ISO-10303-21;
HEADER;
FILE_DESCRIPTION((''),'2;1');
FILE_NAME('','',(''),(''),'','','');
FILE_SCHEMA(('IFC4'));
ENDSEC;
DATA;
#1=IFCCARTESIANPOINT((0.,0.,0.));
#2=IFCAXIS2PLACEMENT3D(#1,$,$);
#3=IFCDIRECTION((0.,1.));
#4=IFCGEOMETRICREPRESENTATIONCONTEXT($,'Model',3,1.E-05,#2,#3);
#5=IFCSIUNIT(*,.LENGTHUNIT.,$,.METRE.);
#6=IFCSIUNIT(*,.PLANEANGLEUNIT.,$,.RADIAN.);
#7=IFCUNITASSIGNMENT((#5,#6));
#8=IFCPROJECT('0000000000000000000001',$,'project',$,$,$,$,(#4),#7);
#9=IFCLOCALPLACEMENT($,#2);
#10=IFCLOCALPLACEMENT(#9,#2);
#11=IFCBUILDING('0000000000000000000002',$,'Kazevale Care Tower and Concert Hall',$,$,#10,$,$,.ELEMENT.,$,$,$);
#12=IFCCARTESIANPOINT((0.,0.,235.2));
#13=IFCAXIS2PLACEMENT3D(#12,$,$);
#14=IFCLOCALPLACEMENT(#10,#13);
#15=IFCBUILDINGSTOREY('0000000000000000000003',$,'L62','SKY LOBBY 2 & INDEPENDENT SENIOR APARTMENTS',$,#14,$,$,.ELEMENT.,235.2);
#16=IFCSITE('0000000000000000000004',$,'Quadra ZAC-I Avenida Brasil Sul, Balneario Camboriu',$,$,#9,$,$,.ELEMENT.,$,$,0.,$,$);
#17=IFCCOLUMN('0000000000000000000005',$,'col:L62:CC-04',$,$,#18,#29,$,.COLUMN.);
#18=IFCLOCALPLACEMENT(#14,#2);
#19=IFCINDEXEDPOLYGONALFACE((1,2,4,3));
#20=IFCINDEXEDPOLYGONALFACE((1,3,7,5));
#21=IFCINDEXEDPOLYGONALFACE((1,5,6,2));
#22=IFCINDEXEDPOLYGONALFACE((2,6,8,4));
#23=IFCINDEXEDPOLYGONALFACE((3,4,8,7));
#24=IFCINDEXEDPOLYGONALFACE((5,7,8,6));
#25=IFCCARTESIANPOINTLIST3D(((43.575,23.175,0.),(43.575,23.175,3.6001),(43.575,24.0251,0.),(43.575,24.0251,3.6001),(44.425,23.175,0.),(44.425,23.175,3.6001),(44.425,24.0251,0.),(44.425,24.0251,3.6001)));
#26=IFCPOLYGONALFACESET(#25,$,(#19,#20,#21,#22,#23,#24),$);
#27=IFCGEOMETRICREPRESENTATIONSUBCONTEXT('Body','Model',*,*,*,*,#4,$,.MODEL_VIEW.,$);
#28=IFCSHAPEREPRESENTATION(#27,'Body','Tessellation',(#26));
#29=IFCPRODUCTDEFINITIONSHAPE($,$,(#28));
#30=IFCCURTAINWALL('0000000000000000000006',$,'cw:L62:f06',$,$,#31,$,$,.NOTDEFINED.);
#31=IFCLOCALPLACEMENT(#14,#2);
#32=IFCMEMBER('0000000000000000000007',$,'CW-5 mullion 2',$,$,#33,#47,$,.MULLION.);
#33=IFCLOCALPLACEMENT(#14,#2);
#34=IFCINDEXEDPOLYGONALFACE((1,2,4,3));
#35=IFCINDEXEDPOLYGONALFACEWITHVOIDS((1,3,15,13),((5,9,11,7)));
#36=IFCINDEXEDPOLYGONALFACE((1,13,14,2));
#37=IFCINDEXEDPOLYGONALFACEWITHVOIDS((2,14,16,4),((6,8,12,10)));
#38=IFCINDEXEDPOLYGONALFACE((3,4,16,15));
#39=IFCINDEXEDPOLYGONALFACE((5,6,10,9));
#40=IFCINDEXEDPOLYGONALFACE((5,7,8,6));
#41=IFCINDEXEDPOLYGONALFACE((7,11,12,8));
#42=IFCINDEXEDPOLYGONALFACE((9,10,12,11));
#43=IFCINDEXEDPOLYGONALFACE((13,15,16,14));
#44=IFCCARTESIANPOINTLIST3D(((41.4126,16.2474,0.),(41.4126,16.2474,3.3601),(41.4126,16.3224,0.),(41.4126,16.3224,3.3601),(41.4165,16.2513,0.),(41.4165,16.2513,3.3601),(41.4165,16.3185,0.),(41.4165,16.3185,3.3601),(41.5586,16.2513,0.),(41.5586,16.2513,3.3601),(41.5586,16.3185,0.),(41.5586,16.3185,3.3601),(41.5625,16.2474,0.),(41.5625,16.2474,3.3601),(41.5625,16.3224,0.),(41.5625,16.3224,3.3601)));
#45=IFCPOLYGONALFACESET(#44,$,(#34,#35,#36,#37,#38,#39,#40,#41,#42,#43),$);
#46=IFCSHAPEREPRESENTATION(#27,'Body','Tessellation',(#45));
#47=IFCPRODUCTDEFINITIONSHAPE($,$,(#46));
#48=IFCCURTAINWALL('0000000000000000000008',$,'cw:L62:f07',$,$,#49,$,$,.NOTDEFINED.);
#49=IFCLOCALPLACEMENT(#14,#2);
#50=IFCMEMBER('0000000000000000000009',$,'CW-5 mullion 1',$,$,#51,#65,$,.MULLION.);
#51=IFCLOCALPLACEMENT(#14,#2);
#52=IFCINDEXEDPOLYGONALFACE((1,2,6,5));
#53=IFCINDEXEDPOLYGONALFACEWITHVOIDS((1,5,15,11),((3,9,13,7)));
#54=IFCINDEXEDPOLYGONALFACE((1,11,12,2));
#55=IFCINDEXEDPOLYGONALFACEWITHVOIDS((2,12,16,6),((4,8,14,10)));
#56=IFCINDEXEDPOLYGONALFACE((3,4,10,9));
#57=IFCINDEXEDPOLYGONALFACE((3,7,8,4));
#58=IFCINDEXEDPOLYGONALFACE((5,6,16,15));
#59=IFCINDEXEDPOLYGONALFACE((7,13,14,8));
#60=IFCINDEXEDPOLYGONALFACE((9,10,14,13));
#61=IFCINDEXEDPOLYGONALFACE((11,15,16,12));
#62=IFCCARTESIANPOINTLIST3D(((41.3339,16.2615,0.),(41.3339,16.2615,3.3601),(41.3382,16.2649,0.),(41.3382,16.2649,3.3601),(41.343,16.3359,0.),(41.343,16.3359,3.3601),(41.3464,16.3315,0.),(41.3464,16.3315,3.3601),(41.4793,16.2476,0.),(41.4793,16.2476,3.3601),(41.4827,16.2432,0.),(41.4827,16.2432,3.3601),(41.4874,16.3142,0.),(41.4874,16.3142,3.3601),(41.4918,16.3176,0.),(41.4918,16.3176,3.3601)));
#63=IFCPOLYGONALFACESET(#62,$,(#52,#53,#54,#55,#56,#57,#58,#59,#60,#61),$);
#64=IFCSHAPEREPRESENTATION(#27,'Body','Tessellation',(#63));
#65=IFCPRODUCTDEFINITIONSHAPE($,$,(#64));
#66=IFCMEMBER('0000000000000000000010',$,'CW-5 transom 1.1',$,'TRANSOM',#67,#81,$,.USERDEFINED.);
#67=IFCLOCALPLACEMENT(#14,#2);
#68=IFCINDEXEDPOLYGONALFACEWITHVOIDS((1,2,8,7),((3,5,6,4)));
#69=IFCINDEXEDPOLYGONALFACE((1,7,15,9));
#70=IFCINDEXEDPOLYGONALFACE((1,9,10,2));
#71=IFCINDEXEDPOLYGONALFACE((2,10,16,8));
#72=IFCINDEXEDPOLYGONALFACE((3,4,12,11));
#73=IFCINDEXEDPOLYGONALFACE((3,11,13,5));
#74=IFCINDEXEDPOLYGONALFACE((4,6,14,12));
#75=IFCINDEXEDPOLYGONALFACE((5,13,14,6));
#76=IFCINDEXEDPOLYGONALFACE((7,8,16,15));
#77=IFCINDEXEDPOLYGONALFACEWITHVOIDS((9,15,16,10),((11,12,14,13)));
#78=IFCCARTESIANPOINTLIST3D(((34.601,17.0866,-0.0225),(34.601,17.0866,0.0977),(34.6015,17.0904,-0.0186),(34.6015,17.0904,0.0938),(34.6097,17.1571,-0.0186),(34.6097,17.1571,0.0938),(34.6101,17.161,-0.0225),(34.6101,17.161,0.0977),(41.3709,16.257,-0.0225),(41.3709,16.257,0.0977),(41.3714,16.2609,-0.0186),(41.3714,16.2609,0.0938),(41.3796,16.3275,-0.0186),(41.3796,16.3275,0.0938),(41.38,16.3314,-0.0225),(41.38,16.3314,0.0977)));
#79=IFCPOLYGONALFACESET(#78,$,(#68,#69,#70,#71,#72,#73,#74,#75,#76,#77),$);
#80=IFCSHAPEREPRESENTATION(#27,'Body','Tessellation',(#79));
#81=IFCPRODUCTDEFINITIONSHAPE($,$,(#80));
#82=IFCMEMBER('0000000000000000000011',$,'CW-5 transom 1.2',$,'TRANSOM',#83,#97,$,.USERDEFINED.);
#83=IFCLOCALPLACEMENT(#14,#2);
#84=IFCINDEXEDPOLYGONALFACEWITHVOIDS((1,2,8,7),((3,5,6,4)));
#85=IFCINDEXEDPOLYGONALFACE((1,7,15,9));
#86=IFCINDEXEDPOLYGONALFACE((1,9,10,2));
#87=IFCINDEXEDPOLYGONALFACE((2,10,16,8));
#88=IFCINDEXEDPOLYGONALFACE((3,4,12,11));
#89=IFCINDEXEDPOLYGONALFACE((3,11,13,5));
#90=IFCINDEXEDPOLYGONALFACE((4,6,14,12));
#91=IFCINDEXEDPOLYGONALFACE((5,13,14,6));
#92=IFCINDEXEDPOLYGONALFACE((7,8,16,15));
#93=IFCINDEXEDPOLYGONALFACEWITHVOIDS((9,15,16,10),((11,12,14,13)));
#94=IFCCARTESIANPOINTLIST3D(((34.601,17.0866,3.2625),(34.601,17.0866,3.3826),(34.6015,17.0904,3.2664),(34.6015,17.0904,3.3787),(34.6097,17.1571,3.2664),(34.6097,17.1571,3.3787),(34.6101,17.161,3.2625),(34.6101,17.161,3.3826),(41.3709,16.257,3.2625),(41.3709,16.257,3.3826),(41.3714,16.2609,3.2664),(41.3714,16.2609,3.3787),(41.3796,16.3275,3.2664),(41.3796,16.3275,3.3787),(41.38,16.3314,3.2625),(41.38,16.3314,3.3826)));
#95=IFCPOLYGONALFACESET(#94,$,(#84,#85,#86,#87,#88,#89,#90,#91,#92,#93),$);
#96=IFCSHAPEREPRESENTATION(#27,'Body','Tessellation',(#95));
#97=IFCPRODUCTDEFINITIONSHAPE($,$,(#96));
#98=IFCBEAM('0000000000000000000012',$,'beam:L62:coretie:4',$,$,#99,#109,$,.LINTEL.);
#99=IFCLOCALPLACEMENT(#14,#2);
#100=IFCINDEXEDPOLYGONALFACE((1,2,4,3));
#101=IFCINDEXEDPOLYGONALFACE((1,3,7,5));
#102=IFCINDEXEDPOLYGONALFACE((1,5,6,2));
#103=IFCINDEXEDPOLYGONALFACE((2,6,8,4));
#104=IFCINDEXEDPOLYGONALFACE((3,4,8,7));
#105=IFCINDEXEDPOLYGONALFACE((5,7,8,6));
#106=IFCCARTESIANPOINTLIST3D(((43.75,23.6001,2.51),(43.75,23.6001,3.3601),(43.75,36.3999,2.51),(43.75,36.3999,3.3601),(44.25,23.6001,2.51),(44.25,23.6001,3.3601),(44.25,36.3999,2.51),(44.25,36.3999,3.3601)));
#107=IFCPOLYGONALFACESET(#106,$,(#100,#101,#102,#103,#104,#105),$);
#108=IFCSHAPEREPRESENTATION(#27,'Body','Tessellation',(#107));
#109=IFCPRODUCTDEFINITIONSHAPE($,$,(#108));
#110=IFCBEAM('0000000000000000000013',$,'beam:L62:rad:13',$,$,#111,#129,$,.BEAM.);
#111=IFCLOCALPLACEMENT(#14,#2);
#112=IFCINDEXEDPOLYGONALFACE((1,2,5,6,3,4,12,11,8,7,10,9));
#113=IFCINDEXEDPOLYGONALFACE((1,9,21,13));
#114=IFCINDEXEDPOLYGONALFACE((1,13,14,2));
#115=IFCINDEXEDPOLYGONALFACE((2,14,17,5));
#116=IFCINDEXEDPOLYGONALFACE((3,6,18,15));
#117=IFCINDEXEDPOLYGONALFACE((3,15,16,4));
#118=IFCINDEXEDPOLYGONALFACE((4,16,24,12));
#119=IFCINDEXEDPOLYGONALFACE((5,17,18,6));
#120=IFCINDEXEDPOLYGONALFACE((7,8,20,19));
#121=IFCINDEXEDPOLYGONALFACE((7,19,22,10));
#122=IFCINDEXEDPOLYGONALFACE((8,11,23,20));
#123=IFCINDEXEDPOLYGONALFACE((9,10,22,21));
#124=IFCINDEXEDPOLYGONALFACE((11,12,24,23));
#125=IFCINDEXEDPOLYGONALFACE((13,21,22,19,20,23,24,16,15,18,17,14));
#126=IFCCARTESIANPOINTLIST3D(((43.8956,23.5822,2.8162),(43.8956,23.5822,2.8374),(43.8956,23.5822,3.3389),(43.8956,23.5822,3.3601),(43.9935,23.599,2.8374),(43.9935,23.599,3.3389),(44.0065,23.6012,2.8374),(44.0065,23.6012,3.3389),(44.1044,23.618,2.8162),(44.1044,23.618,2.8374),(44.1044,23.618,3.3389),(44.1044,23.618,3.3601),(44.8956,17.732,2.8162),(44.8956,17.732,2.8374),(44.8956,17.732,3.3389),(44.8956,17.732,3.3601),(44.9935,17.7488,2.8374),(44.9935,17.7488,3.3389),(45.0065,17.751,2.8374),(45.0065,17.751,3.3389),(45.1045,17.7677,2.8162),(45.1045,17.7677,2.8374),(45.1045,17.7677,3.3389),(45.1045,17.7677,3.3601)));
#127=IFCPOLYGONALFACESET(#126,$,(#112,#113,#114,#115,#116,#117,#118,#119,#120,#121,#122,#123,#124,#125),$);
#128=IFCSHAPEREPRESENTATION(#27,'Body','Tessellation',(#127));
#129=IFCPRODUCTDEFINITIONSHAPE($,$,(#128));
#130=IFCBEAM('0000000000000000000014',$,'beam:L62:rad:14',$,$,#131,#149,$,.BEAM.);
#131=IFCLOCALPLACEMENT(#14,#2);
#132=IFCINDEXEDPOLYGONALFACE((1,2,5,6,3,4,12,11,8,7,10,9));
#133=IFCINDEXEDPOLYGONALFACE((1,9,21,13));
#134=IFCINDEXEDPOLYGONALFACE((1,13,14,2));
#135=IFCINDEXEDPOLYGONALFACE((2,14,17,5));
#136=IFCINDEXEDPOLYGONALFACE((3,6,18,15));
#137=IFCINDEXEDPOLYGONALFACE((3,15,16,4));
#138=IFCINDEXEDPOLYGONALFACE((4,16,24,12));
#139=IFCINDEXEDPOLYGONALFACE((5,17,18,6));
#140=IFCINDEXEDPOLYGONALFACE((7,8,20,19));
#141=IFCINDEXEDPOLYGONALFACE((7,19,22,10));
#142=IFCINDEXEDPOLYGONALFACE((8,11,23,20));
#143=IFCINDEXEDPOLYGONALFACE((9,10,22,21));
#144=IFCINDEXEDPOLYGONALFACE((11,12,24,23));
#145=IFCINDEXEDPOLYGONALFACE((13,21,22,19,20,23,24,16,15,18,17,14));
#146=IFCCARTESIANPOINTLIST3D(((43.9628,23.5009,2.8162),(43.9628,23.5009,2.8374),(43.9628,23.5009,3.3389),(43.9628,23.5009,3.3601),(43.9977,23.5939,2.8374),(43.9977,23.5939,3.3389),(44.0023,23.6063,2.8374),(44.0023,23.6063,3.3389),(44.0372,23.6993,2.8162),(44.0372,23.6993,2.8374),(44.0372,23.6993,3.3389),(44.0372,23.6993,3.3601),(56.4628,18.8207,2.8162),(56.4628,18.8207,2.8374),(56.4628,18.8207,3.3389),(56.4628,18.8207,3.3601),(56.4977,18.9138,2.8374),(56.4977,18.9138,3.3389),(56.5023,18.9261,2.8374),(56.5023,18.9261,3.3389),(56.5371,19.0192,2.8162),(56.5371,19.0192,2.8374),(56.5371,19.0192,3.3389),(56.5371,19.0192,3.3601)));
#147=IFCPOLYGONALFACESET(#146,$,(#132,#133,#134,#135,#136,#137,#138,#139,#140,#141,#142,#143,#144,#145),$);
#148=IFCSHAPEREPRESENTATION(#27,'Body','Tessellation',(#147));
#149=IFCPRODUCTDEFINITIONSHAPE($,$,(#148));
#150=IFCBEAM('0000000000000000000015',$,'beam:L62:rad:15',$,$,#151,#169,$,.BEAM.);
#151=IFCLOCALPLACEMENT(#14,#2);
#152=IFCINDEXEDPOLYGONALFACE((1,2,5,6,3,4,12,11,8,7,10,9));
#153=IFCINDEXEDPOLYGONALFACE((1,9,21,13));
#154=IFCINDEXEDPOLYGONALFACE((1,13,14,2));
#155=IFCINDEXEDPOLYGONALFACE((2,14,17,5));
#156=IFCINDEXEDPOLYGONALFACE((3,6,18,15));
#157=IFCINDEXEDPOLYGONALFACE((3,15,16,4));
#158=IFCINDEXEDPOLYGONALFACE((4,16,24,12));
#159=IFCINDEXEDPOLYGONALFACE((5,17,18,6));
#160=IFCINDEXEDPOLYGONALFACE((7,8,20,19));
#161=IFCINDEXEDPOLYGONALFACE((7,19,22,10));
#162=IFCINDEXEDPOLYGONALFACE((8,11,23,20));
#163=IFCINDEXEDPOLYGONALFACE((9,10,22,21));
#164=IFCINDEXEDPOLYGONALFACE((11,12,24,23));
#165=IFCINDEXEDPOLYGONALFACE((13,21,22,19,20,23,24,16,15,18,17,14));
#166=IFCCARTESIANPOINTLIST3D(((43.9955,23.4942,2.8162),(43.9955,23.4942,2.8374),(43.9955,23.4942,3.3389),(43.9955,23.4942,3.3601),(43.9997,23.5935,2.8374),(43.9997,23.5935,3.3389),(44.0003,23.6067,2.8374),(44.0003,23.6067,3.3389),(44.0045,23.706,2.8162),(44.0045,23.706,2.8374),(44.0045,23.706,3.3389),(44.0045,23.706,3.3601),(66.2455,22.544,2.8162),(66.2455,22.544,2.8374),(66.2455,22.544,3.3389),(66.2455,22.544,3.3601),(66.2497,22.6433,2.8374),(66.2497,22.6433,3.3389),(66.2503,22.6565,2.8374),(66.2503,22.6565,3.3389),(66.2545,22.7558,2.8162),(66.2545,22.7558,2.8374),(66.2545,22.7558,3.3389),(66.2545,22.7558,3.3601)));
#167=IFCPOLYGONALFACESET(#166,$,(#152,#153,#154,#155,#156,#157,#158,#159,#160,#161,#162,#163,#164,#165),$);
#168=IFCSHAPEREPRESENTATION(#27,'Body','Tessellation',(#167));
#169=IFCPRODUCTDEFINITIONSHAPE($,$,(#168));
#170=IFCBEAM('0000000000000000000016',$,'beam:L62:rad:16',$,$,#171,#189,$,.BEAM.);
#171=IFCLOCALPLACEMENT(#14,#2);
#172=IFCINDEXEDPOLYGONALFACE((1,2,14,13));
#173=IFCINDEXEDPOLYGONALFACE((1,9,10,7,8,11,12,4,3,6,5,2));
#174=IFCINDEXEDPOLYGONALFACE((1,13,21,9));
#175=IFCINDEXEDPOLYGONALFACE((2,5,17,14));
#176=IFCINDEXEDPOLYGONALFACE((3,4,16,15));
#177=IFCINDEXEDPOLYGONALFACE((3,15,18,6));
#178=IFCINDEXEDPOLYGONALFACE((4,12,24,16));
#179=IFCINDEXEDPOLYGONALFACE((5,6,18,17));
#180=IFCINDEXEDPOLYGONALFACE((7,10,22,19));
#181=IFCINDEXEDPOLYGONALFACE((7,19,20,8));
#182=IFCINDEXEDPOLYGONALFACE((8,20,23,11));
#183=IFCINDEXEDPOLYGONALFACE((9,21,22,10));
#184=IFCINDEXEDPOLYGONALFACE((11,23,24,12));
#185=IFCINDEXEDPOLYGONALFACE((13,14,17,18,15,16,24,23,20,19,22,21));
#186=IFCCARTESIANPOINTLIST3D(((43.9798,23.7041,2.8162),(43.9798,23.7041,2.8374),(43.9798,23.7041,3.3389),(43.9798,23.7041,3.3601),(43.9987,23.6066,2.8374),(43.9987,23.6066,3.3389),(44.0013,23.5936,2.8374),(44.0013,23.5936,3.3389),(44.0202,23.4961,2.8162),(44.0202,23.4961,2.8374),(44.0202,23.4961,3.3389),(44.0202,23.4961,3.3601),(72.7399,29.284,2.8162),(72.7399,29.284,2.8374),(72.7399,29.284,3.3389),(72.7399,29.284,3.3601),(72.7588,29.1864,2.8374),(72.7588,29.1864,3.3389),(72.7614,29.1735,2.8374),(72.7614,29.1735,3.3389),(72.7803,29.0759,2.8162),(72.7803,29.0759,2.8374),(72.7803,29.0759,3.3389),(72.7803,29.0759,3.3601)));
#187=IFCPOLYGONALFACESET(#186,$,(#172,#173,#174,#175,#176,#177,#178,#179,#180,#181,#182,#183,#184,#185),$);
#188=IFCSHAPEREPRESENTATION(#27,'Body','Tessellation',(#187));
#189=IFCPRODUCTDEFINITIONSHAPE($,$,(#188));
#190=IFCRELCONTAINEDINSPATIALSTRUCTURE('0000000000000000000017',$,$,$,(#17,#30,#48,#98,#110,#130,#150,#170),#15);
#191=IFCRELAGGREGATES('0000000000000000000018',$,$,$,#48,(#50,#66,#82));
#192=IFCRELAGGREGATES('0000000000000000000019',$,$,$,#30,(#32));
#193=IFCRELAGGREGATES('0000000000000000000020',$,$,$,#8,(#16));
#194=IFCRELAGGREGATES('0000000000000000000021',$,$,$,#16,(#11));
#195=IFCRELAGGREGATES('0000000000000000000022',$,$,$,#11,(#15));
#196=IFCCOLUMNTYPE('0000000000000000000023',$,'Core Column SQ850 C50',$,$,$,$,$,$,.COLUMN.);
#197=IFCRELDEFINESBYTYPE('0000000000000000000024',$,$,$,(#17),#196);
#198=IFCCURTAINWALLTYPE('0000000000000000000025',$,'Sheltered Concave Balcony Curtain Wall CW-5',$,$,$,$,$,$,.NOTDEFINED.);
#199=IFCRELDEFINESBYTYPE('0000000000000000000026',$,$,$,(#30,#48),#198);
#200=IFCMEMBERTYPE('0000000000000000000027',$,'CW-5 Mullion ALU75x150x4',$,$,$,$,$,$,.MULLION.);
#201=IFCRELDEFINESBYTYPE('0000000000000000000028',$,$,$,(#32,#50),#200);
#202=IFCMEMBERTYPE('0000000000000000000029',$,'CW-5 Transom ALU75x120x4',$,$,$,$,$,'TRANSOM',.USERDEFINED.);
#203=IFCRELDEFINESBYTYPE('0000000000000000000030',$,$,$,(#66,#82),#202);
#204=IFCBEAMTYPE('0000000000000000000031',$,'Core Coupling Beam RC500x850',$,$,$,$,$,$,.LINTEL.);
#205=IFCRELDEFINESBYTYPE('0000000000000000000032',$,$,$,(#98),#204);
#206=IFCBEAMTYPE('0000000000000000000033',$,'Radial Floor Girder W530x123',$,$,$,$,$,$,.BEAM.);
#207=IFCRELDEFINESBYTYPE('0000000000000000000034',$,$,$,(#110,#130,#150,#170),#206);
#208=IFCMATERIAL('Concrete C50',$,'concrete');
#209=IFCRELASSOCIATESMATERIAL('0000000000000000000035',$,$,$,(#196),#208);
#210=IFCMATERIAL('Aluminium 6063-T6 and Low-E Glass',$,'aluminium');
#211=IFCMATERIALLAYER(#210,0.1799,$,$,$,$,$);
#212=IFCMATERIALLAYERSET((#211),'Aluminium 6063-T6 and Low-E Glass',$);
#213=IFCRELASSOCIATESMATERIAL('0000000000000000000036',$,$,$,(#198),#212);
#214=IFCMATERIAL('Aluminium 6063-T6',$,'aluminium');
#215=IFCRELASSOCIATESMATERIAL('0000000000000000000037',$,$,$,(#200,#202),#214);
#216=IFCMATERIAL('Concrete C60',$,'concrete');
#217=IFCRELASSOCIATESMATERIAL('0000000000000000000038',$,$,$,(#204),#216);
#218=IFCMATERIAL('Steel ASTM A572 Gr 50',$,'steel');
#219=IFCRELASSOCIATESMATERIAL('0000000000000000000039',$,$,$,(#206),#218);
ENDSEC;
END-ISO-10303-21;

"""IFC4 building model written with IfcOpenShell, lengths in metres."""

from ifc_helpers import new_model, si_unit, direction, frame, origin, origin_2d, place, context, subcontext, project, spatial, rectangle, hollow_rectangle, i_section, extrude, material, layer, layer_set, material_profile, profile_set, type_object, element, aggregate, save


model = new_model("IFC4")

# Units and contexts
model_context = context("Model", 3, precision=1e-05, world=origin(), true_north=direction((0.0, 1.0)))
body_context = subcontext(model_context, "Body", "Model", "MODEL_VIEW")
ifc_project = project(units=[si_unit("LENGTHUNIT", "METRE"), si_unit("PLANEANGLEUNIT", "RADIAN")], contexts=[model_context])

# Site, building, storey
site_placement = place(None, origin())
site = spatial("IfcSite", under=ifc_project, at=site_placement, Name="Quadra ZAC-I Avenida Brasil Sul, Balneario Camboriu", CompositionType="ELEMENT", RefElevation=0.0)
building_placement = place(site_placement, origin())
building = spatial("IfcBuilding", under=site, at=building_placement, Name="Kazevale Care Tower and Concert Hall", CompositionType="ELEMENT")
storey_placement = place(building_placement, frame((0.0, 0.0, 235.2)))
storey = spatial("IfcBuildingStorey", under=building, at=storey_placement, Name="L62", Description="SKY LOBBY 2 & INDEPENDENT SENIOR APARTMENTS", CompositionType="ELEMENT", Elevation=235.2)

# Column
ifc_material_1 = material(Name="Concrete C50", Category="concrete")
ifc_material_profile_1 = material_profile(ifc_material_1, rectangle(XDim=0.8501, YDim=0.8501, at=origin_2d()), Name="RC-SQ850")
ifc_profile_set_1 = profile_set([ifc_material_profile_1], Name="Concrete C50")
column_type = type_object("IfcColumnType", Name="Core Column SQ850 C50", PredefinedType="COLUMN", material=ifc_profile_set_1)
column_placement = place(storey_placement, frame((44.0, 23.6001, 0.0), z_axis=(0.0, 0.0, 1.0), x_axis=(1.0, 0.0, 0.0)))
element("IfcColumn", 1, at=column_placement, inside=storey, type_object=column_type, Name="col:L62:CC-04", PredefinedType="COLUMN", context=body_context, shape_type="SweptSolid", body=[
    extrude(rectangle(XDim=0.8501, YDim=0.8501, at=origin_2d()), origin(), (0.0, 0.0, 1.0), 3.6001),
])

# Curtain wall, member
ifc_material_2 = material(Name="Aluminium 6063-T6 and Low-E Glass", Category="aluminium")
ifc_layer_1 = layer(ifc_material_2, 0.1799)
ifc_layer_set_1 = layer_set([ifc_layer_1], Name="Aluminium 6063-T6 and Low-E Glass")
curtain_wall_type = type_object("IfcCurtainWallType", Name="Sheltered Concave Balcony Curtain Wall CW-5", PredefinedType="NOTDEFINED", material=ifc_layer_set_1)
curtain_wall_1_placement = place(storey_placement, origin())
curtain_wall_1 = element("IfcCurtainWall", 2, at=curtain_wall_1_placement, inside=storey, type_object=curtain_wall_type, Name="cw:L62:f06", PredefinedType="NOTDEFINED")
ifc_material_3 = material(Name="Aluminium 6063-T6", Category="aluminium")
ifc_material_profile_2 = material_profile(ifc_material_3, hollow_rectangle(XDim=0.075, YDim=0.1499, WallThickness=0.0039, at=origin_2d()), Name="ALU75x150x4")
ifc_profile_set_2 = profile_set([ifc_material_profile_2], Name="Aluminium 6063-T6")
member_type_1 = type_object("IfcMemberType", Name="CW-5 Mullion ALU75x150x4", PredefinedType="MULLION", material=ifc_profile_set_2)
member_1_placement = place(storey_placement, frame((41.4875, 16.2849, 0.0), z_axis=(0.0, 0.0, 1.0), x_axis=(0.0, -1.0, 0.0)))
member_1 = element("IfcMember", 3, at=member_1_placement, type_object=member_type_1, Name="CW-5 mullion 2", PredefinedType="MULLION", context=body_context, shape_type="SweptSolid", body=[
    extrude(hollow_rectangle(XDim=0.075, YDim=0.1499, WallThickness=0.0039, at=origin_2d()), origin(), (0.0, 0.0, 1.0), 3.3601),
])

# Curtain wall, members
curtain_wall_2_placement = place(storey_placement, origin())
curtain_wall_2 = element("IfcCurtainWall", 4, at=curtain_wall_2_placement, inside=storey, type_object=curtain_wall_type, Name="cw:L62:f07", PredefinedType="NOTDEFINED")
member_2_placement = place(storey_placement, frame((41.4128, 16.2896, 0.0), z_axis=(0.0, 0.0, 1.0), x_axis=(-0.121651, -0.992573, 0.0)))
member_2 = element("IfcMember", 5, at=member_2_placement, type_object=member_type_1, Name="CW-5 mullion 1", PredefinedType="MULLION", context=body_context, shape_type="SweptSolid", body=[
    extrude(hollow_rectangle(XDim=0.075, YDim=0.1499, WallThickness=0.0039, at=origin_2d()), origin(), (0.0, 0.0, 1.0), 3.3601),
])
ifc_material_profile_3 = material_profile(ifc_material_3, hollow_rectangle(XDim=0.075, YDim=0.1201, WallThickness=0.0039, at=origin_2d()), Name="ALU75x120x4")
ifc_profile_set_3 = profile_set([ifc_material_profile_3], Name="Aluminium 6063-T6")
member_type_2 = type_object("IfcMemberType", Name="CW-5 Transom ALU75x120x4", ElementType="TRANSOM", PredefinedType="USERDEFINED", material=ifc_profile_set_3)
member_3_placement = place(storey_placement, frame((41.3755, 16.2942, 0.0376), z_axis=(-0.992576, 0.121629, 0.0), x_axis=(-0.121629, -0.992576, 0.0)))
member_3 = element("IfcMember", 6, at=member_3_placement, type_object=member_type_2, Name="CW-5 transom 1.1", ObjectType="TRANSOM", PredefinedType="USERDEFINED", context=body_context, shape_type="SweptSolid", body=[
    extrude(hollow_rectangle(XDim=0.075, YDim=0.1201, WallThickness=0.0039, at=origin_2d()), origin(), (0.0, 0.0, 1.0), 6.8206),
])
member_4_placement = place(storey_placement, frame((41.3755, 16.2942, 3.3225), z_axis=(-0.992576, 0.121629, 0.0), x_axis=(-0.121629, -0.992576, 0.0)))
member_4 = element("IfcMember", 7, at=member_4_placement, type_object=member_type_2, Name="CW-5 transom 1.2", ObjectType="TRANSOM", PredefinedType="USERDEFINED", context=body_context, shape_type="SweptSolid", body=[
    extrude(hollow_rectangle(XDim=0.075, YDim=0.1201, WallThickness=0.0039, at=origin_2d()), origin(), (0.0, 0.0, 1.0), 6.8206),
])
aggregate(curtain_wall_2, [member_2, member_3, member_4])

# Beams
ifc_material_4 = material(Name="Concrete C60", Category="concrete")
ifc_material_profile_4 = material_profile(ifc_material_4, rectangle(XDim=0.5, YDim=0.8501, at=origin_2d()), Name="RC-B500x850")
ifc_profile_set_4 = profile_set([ifc_material_profile_4], Name="Concrete C60")
beam_type_1 = type_object("IfcBeamType", Name="Core Coupling Beam RC500x850", PredefinedType="LINTEL", material=ifc_profile_set_4)
beam_1_placement = place(storey_placement, frame((44.0, 23.6001, 2.9351), z_axis=(0.0, 1.0, 0.0), x_axis=(-1.0, 0.0, 0.0)))
element("IfcBeam", 8, at=beam_1_placement, inside=storey, type_object=beam_type_1, Name="beam:L62:coretie:4", PredefinedType="LINTEL", context=body_context, shape_type="SweptSolid", body=[
    extrude(rectangle(XDim=0.5, YDim=0.8501, at=origin_2d()), origin(), (0.0, 0.0, 1.0), 12.7998),
])
ifc_material_5 = material(Name="Steel ASTM A572 Gr 50", Category="steel")
ifc_material_profile_5 = material_profile(ifc_material_5, i_section(OverallWidth=0.2119, OverallDepth=0.5439, WebThickness=0.0132, FlangeThickness=0.0212, at=origin_2d()), Name="W530x123")
ifc_profile_set_5 = profile_set([ifc_material_profile_5], Name="Steel ASTM A572 Gr 50")
beam_type_2 = type_object("IfcBeamType", Name="Radial Floor Girder W530x123", PredefinedType="BEAM", material=ifc_profile_set_5)
beam_2_placement = place(storey_placement, frame((44.0, 23.6001, 3.0881), z_axis=(0.168493, -0.985703, 0.0), x_axis=(0.985703, 0.168493, 0.0)))
element("IfcBeam", 9, at=beam_2_placement, inside=storey, type_object=beam_type_2, Name="beam:L62:rad:13", PredefinedType="BEAM", context=body_context, shape_type="SweptSolid", body=[
    extrude(i_section(OverallWidth=0.2119, OverallDepth=0.5439, WebThickness=0.0132, FlangeThickness=0.0212, at=origin_2d()), origin(), (0.0, 0.0, 1.0), 5.9351),
])
beam_3_placement = place(storey_placement, frame((44.0, 23.6001, 3.0881), z_axis=(0.936509, -0.350642, 0.0), x_axis=(0.350642, 0.936509, 0.0)))
element("IfcBeam", 10, at=beam_3_placement, inside=storey, type_object=beam_type_2, Name="beam:L62:rad:14", PredefinedType="BEAM", context=body_context, shape_type="SweptSolid", body=[
    extrude(i_section(OverallWidth=0.2119, OverallDepth=0.5439, WebThickness=0.0132, FlangeThickness=0.0212, at=origin_2d()), origin(), (0.0, 0.0, 1.0), 13.3474),
])
beam_4_placement = place(storey_placement, frame((44.0, 23.6001, 3.0881), z_axis=(0.999089, -0.042667, 0.0), x_axis=(0.042667, 0.999089, 0.0)))
element("IfcBeam", 11, at=beam_4_placement, inside=storey, type_object=beam_type_2, Name="beam:L62:rad:15", PredefinedType="BEAM", context=body_context, shape_type="SweptSolid", body=[
    extrude(i_section(OverallWidth=0.2119, OverallDepth=0.5439, WebThickness=0.0132, FlangeThickness=0.0212, at=origin_2d()), origin(), (0.0, 0.0, 1.0), 22.2703),
])
beam_5_placement = place(storey_placement, frame((44.0, 23.6001, 3.0881), z_axis=(0.981695, 0.190462, 0.0), x_axis=(-0.190462, 0.981695, 0.0)))
element("IfcBeam", 12, at=beam_5_placement, inside=storey, type_object=beam_type_2, Name="beam:L62:rad:16", PredefinedType="BEAM", context=body_context, shape_type="SweptSolid", body=[
    extrude(i_section(OverallWidth=0.2119, OverallDepth=0.5439, WebThickness=0.0132, FlangeThickness=0.0212, at=origin_2d()), origin(), (0.0, 0.0, 1.0), 29.2964),
])

aggregate(curtain_wall_1, [member_1])

save(model, "model.ifc")
